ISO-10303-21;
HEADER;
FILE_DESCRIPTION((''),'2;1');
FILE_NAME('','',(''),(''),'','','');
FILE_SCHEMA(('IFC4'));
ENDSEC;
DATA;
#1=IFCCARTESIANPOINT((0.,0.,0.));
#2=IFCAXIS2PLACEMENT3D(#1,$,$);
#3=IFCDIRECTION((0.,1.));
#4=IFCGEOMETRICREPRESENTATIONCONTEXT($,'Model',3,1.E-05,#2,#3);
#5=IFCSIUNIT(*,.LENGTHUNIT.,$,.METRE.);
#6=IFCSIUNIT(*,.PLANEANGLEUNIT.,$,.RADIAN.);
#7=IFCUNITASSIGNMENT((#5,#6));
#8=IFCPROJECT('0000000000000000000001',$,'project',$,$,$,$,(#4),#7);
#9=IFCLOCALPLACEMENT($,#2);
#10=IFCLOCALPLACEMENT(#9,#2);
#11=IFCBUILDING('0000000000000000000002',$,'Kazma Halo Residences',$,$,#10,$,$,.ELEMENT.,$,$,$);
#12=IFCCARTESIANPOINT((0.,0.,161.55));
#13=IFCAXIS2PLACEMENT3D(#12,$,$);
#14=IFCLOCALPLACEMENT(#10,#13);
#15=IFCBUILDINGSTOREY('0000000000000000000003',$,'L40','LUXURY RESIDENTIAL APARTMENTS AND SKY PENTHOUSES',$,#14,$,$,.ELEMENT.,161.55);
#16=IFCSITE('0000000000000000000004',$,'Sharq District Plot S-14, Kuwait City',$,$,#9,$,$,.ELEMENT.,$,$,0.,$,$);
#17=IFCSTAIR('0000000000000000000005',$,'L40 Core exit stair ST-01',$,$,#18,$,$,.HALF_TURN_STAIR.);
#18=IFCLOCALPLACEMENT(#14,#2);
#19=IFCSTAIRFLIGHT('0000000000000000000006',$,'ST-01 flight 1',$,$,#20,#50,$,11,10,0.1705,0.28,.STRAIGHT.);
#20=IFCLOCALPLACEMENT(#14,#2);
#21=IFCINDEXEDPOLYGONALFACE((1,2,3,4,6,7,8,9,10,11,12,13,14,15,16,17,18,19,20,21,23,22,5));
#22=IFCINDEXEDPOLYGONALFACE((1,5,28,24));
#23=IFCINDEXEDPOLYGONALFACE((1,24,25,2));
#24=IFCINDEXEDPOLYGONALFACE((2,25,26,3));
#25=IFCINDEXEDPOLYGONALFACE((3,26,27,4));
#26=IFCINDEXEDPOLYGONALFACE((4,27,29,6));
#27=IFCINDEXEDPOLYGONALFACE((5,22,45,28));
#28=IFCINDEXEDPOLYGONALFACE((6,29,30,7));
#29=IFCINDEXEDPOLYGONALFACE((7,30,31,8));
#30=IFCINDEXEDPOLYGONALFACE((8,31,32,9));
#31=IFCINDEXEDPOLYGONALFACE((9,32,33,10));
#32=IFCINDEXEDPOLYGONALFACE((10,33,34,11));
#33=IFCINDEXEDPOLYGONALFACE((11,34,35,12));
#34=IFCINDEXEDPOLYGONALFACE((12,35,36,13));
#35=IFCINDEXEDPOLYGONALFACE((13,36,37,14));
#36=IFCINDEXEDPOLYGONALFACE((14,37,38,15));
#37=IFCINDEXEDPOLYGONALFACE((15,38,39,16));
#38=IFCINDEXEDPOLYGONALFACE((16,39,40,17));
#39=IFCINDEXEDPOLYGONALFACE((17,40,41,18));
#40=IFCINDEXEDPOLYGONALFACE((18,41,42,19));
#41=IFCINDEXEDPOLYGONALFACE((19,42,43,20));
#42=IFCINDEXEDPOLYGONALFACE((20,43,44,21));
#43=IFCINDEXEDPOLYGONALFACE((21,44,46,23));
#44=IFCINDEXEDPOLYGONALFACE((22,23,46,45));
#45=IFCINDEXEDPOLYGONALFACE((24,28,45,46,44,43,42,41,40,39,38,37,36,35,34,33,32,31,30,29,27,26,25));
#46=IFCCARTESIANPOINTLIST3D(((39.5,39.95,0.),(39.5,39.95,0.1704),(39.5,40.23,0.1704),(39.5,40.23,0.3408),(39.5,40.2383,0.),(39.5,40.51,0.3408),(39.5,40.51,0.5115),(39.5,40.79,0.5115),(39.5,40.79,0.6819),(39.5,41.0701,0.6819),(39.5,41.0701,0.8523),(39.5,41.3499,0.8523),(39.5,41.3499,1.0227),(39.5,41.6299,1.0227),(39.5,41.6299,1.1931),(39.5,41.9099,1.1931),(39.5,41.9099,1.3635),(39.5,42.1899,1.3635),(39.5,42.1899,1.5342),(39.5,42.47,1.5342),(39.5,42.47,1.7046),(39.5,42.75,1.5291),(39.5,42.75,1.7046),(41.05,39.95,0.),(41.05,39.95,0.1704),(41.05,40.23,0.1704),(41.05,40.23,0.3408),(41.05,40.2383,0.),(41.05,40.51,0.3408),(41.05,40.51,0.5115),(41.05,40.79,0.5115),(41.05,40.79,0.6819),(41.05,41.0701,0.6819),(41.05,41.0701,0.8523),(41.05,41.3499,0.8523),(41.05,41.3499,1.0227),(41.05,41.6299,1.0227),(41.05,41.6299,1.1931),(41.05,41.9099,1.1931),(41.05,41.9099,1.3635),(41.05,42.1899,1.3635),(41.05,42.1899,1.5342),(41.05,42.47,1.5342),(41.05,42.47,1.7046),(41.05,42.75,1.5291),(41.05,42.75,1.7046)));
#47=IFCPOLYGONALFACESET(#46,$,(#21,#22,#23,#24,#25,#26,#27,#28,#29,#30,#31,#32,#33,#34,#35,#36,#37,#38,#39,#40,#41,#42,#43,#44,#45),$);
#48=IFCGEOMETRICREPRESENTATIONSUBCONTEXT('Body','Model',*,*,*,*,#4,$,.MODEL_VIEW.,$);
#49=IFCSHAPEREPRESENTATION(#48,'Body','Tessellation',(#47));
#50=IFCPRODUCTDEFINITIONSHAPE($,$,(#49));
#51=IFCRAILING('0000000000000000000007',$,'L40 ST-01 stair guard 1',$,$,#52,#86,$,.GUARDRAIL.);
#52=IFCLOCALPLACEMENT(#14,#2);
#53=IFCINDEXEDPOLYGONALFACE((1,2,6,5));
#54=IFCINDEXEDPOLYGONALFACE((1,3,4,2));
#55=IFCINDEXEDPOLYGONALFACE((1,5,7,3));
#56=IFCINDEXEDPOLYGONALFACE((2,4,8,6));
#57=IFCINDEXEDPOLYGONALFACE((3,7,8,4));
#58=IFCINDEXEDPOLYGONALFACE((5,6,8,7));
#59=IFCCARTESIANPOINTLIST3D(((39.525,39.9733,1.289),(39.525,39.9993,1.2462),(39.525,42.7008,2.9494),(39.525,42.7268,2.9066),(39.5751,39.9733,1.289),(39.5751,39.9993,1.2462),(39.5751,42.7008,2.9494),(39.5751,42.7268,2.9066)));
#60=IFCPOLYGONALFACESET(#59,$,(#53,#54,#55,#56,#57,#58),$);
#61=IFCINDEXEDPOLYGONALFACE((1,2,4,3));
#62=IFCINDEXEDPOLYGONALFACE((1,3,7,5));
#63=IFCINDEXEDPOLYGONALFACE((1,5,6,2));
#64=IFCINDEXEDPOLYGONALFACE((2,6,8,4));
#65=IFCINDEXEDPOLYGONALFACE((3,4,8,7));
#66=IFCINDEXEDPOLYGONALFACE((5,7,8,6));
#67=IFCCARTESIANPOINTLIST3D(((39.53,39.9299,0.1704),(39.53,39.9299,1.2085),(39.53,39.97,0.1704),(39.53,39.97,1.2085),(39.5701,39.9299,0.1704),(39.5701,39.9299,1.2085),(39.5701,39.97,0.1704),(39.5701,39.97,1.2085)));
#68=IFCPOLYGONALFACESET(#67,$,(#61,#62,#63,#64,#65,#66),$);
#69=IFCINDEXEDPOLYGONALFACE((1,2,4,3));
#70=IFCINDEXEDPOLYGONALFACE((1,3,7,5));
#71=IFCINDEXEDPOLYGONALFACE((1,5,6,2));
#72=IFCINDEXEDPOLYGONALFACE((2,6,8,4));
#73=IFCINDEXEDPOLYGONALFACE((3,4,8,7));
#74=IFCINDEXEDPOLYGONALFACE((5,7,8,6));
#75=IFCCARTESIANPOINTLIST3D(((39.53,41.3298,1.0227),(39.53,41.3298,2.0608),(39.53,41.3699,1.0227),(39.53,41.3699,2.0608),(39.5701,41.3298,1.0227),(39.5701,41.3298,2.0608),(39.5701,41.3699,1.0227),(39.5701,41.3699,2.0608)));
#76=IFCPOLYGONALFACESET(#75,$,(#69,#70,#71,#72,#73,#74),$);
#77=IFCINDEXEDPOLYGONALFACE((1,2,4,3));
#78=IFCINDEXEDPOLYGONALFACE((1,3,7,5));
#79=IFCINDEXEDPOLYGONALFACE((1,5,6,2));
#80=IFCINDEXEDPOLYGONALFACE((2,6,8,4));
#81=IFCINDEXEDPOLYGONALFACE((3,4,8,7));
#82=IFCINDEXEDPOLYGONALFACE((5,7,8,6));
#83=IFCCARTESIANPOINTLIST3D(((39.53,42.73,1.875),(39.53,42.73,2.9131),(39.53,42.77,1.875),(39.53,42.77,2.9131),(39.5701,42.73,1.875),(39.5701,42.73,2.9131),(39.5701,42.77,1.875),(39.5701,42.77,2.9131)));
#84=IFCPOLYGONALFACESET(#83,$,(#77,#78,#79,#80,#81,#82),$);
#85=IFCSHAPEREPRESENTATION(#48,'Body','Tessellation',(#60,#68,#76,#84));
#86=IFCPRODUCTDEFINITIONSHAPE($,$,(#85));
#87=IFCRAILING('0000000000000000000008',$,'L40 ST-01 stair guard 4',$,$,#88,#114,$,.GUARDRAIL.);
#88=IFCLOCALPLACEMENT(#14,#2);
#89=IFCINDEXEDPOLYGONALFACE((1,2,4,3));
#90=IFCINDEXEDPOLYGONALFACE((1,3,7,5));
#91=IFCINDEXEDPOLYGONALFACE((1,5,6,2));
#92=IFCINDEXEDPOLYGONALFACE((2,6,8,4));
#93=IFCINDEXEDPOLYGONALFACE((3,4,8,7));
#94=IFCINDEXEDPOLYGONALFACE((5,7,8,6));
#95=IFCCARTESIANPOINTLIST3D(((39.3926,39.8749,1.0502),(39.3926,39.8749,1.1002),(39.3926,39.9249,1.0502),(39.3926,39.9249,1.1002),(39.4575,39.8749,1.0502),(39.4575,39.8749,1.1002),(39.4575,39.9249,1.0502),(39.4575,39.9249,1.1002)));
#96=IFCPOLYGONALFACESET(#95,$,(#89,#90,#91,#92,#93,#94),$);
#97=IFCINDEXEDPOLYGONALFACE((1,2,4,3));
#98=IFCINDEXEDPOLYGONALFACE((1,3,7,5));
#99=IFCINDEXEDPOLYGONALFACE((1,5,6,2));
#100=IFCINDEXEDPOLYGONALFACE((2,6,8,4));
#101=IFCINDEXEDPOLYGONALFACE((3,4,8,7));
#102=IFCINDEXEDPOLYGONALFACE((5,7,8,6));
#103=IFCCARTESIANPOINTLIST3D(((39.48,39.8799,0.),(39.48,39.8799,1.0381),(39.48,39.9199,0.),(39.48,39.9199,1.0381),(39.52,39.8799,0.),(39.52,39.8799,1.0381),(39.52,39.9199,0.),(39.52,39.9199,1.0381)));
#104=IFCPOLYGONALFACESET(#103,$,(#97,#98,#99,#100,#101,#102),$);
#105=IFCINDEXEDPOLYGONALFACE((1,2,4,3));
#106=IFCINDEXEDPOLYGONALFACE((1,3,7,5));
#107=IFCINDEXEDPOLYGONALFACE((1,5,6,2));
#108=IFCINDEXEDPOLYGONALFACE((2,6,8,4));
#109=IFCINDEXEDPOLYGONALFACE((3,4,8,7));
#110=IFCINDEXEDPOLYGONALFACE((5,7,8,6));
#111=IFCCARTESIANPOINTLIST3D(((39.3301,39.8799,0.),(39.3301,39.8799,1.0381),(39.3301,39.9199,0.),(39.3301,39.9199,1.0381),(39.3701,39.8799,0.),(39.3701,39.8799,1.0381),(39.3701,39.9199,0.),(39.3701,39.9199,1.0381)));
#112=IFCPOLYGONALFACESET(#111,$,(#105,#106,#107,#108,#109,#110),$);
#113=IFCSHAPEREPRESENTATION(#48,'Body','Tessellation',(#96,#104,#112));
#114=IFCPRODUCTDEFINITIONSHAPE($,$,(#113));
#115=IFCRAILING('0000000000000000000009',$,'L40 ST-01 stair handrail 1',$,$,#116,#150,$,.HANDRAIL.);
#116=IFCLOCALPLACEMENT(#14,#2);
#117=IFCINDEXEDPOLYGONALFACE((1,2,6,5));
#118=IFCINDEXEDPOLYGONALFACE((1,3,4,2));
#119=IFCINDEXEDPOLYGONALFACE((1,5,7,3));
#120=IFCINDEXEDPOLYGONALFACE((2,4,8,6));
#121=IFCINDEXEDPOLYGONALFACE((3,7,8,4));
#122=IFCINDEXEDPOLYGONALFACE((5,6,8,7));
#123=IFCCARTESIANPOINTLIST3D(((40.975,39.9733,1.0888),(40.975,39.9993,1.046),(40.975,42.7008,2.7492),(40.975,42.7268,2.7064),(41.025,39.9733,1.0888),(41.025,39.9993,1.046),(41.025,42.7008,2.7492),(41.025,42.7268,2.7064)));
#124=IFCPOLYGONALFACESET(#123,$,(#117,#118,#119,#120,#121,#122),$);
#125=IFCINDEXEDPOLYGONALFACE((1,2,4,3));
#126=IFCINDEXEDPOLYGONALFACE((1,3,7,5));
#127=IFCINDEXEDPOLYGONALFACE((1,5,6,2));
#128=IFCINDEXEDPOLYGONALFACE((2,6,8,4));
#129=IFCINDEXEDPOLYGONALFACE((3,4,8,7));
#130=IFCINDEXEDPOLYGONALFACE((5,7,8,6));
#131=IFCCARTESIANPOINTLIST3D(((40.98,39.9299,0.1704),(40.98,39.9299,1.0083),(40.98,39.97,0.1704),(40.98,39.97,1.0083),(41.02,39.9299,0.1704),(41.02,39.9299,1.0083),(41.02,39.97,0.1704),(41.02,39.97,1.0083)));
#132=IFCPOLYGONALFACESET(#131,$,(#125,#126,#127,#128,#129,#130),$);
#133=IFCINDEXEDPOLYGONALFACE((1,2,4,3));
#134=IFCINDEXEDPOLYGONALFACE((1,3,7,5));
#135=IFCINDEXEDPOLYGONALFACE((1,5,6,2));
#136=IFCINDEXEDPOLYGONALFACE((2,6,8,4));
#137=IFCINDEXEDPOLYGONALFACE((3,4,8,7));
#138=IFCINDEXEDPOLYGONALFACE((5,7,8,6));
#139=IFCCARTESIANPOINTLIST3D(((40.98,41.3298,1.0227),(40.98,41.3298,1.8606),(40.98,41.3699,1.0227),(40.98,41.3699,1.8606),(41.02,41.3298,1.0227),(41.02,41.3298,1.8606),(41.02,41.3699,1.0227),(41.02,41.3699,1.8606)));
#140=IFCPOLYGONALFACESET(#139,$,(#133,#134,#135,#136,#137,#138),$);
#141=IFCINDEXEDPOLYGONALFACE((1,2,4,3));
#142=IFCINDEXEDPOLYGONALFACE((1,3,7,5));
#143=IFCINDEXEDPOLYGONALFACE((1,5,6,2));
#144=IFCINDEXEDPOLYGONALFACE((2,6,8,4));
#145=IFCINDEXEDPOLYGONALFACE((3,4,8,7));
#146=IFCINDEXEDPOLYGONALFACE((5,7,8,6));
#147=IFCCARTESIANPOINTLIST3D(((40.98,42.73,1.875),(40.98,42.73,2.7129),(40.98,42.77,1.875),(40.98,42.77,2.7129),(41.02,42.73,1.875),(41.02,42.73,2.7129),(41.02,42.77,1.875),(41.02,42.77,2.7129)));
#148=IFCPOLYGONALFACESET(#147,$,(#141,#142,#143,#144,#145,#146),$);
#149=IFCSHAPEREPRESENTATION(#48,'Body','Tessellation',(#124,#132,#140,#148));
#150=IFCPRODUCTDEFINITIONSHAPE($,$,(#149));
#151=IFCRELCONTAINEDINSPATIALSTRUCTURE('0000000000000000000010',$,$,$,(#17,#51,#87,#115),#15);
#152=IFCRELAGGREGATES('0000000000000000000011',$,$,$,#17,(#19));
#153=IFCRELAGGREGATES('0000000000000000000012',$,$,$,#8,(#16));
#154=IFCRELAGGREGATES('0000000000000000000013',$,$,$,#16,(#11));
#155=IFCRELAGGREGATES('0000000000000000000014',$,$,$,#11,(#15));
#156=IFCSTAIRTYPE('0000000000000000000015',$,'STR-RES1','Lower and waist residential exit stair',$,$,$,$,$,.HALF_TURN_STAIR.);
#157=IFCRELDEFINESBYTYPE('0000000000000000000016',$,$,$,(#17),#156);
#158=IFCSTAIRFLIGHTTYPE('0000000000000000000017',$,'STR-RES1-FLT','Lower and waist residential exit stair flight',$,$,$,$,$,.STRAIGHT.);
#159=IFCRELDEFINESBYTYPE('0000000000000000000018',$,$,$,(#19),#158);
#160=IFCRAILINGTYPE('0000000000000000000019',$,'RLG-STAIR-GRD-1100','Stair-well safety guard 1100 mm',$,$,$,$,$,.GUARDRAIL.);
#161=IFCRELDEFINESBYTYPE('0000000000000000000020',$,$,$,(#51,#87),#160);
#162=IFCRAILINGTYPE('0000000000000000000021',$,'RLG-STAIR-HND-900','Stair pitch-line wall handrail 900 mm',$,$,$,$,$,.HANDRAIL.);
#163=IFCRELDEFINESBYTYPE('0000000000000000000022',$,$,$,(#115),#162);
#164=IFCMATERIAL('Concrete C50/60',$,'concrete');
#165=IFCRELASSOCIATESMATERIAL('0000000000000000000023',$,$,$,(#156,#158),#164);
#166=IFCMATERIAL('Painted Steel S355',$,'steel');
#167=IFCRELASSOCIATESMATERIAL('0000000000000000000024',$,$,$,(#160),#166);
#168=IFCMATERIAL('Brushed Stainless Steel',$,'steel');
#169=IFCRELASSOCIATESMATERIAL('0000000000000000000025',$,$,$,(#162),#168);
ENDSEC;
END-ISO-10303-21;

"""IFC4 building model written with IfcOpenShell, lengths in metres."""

from ifc_helpers import new_model, si_unit, direction, frame, origin, origin_2d, place, context, subcontext, project, spatial, polyline, rectangle, outline, extrude, material, type_object, element, aggregate, save


model = new_model("IFC4")

# Units and contexts
model_context = context("Model", 3, precision=1e-05, world=origin(), true_north=direction((0.0, 1.0)))
body_context = subcontext(model_context, "Body", "Model", "MODEL_VIEW")
ifc_project = project(units=[si_unit("LENGTHUNIT", "METRE"), si_unit("PLANEANGLEUNIT", "RADIAN")], contexts=[model_context])

# Site, building, storey
site_placement = place(None, origin())
site = spatial("IfcSite", under=ifc_project, at=site_placement, Name="Sharq District Plot S-14, Kuwait City", CompositionType="ELEMENT", RefElevation=0.0)
building_placement = place(site_placement, origin())
building = spatial("IfcBuilding", under=site, at=building_placement, Name="Kazma Halo Residences", CompositionType="ELEMENT")
storey_placement = place(building_placement, frame((0.0, 0.0, 161.55)))
storey = spatial("IfcBuildingStorey", under=building, at=storey_placement, Name="L40", Description="LUXURY RESIDENTIAL APARTMENTS AND SKY PENTHOUSES", CompositionType="ELEMENT", Elevation=161.55)

# Shared definitions
ifc_material_1 = material(Name="Concrete C50/60", Category="concrete")

# Stair, stair flight
stair_type = type_object("IfcStairType", Name="STR-RES1", Description="Lower and waist residential exit stair", PredefinedType="HALF_TURN_STAIR", material=ifc_material_1)
stair_placement = place(storey_placement, origin())
stair = element("IfcStair", 1, at=stair_placement, inside=storey, type_object=stair_type, Name="L40 Core exit stair ST-01", PredefinedType="HALF_TURN_STAIR")
stair_flight_type = type_object("IfcStairFlightType", Name="STR-RES1-FLT", Description="Lower and waist residential exit stair flight", PredefinedType="STRAIGHT", material=ifc_material_1)
stair_flight_placement = place(storey_placement, frame((40.2749, 39.95, 0.0), z_axis=(0.0, 0.0, 1.0), x_axis=(0.0, 1.0, 0.0)))
stair_flight = element("IfcStairFlight", 2, at=stair_flight_placement, type_object=stair_flight_type, Name="ST-01 flight 1", NumberOfRisers=11, NumberOfTreads=10, PredefinedType="STRAIGHT", RiserHeight=0.1705, TreadLength=0.28, context=body_context, shape_type="SweptSolid", body=[
    extrude(outline(polyline([(0.0, 0.0), (0.0, 0.1704), (0.28, 0.1704), (0.28, 0.3408), (0.5601, 0.3408), (0.5601, 0.5115), (0.8401, 0.5115), (0.8401, 0.6819), (1.1201, 0.6819), (1.1201, 0.8523), (1.3999, 0.8523), (1.3999, 1.0227), (1.6799, 1.0227), (1.6799, 1.1931), (1.96, 1.1931), (1.96, 1.3635), (2.24, 1.3635), (2.24, 1.5342), (2.52, 1.5342), (2.52, 1.7046), (2.8, 1.7046), (2.8, 1.875), (2.8, 1.5291), (0.2883, 0.0), (0.0, 0.0)])), frame((0.0, 0.7749, 0.0), z_axis=(0.0, -1.0, 0.0), x_axis=(1.0, 0.0, 0.0)), (0.0, 0.0, 1.0), 1.55),
])
aggregate(stair, [stair_flight])

# Railings
ifc_material_2 = material(Name="Painted Steel S355", Category="steel")
railing_type_1 = type_object("IfcRailingType", Name="RLG-STAIR-GRD-1100", Description="Stair-well safety guard 1100 mm", PredefinedType="GUARDRAIL", material=ifc_material_2)
railing_1_placement = place(storey_placement, frame((39.55, 39.95, 0.1704)))
element("IfcRailing", 3, at=railing_1_placement, inside=storey, type_object=railing_type_1, Name="L40 ST-01 stair guard 1", PredefinedType="GUARDRAIL", context=body_context, shape_type="SweptSolid", body=[
    extrude(rectangle(XDim=0.05, YDim=0.05, at=origin_2d()), frame((0.0, 0.0364, 1.0972), z_axis=(0.0, 0.85417, 0.519994), x_axis=(-1.0, 0.0, 0.0)), (0.0, 0.0, 1.0), 3.1931),
    extrude(rectangle(XDim=0.04, YDim=0.04, at=origin_2d()), origin(), (0.0, 0.0, 1.0), 1.0381),
    extrude(rectangle(XDim=0.04, YDim=0.04, at=origin_2d()), frame((0.0, 1.3999, 0.8523)), (0.0, 0.0, 1.0), 1.0381),
    extrude(rectangle(XDim=0.04, YDim=0.04, at=origin_2d()), frame((0.0, 2.8, 1.7046)), (0.0, 0.0, 1.0), 1.0381),
])
railing_2_placement = place(storey_placement, frame((39.5, 39.8999, 0.0)))
element("IfcRailing", 4, at=railing_2_placement, inside=storey, type_object=railing_type_1, Name="L40 ST-01 stair guard 4", PredefinedType="GUARDRAIL", context=body_context, shape_type="SweptSolid", body=[
    extrude(rectangle(XDim=0.05, YDim=0.05, at=origin_2d()), frame((-0.0425, 0.0, 1.0752), z_axis=(-1.0, 0.0, 0.0), x_axis=(0.0, -1.0, 0.0)), (0.0, 0.0, 1.0), 0.0649),
    extrude(rectangle(XDim=0.04, YDim=0.04, at=origin_2d()), origin(), (0.0, 0.0, 1.0), 1.0381),
    extrude(rectangle(XDim=0.04, YDim=0.04, at=origin_2d()), frame((-0.1499, 0.0, 0.0)), (0.0, 0.0, 1.0), 1.0381),
])
ifc_material_3 = material(Name="Brushed Stainless Steel", Category="steel")
railing_type_2 = type_object("IfcRailingType", Name="RLG-STAIR-HND-900", Description="Stair pitch-line wall handrail 900 mm", PredefinedType="HANDRAIL", material=ifc_material_3)
railing_3_placement = place(storey_placement, frame((41.0, 39.95, 0.1704)))
element("IfcRailing", 5, at=railing_3_placement, inside=storey, type_object=railing_type_2, Name="L40 ST-01 stair handrail 1", PredefinedType="HANDRAIL", context=body_context, shape_type="SweptSolid", body=[
    extrude(rectangle(XDim=0.05, YDim=0.05, at=origin_2d()), frame((0.0, 0.0364, 0.897), z_axis=(0.0, 0.85417, 0.519994), x_axis=(-1.0, 0.0, 0.0)), (0.0, 0.0, 1.0), 3.1931),
    extrude(rectangle(XDim=0.04, YDim=0.04, at=origin_2d()), origin(), (0.0, 0.0, 1.0), 0.8379),
    extrude(rectangle(XDim=0.04, YDim=0.04, at=origin_2d()), frame((0.0, 1.3999, 0.8523)), (0.0, 0.0, 1.0), 0.8379),
    extrude(rectangle(XDim=0.04, YDim=0.04, at=origin_2d()), frame((0.0, 2.8, 1.7046)), (0.0, 0.0, 1.0), 0.8379),
])

save(model, "model.ifc")
